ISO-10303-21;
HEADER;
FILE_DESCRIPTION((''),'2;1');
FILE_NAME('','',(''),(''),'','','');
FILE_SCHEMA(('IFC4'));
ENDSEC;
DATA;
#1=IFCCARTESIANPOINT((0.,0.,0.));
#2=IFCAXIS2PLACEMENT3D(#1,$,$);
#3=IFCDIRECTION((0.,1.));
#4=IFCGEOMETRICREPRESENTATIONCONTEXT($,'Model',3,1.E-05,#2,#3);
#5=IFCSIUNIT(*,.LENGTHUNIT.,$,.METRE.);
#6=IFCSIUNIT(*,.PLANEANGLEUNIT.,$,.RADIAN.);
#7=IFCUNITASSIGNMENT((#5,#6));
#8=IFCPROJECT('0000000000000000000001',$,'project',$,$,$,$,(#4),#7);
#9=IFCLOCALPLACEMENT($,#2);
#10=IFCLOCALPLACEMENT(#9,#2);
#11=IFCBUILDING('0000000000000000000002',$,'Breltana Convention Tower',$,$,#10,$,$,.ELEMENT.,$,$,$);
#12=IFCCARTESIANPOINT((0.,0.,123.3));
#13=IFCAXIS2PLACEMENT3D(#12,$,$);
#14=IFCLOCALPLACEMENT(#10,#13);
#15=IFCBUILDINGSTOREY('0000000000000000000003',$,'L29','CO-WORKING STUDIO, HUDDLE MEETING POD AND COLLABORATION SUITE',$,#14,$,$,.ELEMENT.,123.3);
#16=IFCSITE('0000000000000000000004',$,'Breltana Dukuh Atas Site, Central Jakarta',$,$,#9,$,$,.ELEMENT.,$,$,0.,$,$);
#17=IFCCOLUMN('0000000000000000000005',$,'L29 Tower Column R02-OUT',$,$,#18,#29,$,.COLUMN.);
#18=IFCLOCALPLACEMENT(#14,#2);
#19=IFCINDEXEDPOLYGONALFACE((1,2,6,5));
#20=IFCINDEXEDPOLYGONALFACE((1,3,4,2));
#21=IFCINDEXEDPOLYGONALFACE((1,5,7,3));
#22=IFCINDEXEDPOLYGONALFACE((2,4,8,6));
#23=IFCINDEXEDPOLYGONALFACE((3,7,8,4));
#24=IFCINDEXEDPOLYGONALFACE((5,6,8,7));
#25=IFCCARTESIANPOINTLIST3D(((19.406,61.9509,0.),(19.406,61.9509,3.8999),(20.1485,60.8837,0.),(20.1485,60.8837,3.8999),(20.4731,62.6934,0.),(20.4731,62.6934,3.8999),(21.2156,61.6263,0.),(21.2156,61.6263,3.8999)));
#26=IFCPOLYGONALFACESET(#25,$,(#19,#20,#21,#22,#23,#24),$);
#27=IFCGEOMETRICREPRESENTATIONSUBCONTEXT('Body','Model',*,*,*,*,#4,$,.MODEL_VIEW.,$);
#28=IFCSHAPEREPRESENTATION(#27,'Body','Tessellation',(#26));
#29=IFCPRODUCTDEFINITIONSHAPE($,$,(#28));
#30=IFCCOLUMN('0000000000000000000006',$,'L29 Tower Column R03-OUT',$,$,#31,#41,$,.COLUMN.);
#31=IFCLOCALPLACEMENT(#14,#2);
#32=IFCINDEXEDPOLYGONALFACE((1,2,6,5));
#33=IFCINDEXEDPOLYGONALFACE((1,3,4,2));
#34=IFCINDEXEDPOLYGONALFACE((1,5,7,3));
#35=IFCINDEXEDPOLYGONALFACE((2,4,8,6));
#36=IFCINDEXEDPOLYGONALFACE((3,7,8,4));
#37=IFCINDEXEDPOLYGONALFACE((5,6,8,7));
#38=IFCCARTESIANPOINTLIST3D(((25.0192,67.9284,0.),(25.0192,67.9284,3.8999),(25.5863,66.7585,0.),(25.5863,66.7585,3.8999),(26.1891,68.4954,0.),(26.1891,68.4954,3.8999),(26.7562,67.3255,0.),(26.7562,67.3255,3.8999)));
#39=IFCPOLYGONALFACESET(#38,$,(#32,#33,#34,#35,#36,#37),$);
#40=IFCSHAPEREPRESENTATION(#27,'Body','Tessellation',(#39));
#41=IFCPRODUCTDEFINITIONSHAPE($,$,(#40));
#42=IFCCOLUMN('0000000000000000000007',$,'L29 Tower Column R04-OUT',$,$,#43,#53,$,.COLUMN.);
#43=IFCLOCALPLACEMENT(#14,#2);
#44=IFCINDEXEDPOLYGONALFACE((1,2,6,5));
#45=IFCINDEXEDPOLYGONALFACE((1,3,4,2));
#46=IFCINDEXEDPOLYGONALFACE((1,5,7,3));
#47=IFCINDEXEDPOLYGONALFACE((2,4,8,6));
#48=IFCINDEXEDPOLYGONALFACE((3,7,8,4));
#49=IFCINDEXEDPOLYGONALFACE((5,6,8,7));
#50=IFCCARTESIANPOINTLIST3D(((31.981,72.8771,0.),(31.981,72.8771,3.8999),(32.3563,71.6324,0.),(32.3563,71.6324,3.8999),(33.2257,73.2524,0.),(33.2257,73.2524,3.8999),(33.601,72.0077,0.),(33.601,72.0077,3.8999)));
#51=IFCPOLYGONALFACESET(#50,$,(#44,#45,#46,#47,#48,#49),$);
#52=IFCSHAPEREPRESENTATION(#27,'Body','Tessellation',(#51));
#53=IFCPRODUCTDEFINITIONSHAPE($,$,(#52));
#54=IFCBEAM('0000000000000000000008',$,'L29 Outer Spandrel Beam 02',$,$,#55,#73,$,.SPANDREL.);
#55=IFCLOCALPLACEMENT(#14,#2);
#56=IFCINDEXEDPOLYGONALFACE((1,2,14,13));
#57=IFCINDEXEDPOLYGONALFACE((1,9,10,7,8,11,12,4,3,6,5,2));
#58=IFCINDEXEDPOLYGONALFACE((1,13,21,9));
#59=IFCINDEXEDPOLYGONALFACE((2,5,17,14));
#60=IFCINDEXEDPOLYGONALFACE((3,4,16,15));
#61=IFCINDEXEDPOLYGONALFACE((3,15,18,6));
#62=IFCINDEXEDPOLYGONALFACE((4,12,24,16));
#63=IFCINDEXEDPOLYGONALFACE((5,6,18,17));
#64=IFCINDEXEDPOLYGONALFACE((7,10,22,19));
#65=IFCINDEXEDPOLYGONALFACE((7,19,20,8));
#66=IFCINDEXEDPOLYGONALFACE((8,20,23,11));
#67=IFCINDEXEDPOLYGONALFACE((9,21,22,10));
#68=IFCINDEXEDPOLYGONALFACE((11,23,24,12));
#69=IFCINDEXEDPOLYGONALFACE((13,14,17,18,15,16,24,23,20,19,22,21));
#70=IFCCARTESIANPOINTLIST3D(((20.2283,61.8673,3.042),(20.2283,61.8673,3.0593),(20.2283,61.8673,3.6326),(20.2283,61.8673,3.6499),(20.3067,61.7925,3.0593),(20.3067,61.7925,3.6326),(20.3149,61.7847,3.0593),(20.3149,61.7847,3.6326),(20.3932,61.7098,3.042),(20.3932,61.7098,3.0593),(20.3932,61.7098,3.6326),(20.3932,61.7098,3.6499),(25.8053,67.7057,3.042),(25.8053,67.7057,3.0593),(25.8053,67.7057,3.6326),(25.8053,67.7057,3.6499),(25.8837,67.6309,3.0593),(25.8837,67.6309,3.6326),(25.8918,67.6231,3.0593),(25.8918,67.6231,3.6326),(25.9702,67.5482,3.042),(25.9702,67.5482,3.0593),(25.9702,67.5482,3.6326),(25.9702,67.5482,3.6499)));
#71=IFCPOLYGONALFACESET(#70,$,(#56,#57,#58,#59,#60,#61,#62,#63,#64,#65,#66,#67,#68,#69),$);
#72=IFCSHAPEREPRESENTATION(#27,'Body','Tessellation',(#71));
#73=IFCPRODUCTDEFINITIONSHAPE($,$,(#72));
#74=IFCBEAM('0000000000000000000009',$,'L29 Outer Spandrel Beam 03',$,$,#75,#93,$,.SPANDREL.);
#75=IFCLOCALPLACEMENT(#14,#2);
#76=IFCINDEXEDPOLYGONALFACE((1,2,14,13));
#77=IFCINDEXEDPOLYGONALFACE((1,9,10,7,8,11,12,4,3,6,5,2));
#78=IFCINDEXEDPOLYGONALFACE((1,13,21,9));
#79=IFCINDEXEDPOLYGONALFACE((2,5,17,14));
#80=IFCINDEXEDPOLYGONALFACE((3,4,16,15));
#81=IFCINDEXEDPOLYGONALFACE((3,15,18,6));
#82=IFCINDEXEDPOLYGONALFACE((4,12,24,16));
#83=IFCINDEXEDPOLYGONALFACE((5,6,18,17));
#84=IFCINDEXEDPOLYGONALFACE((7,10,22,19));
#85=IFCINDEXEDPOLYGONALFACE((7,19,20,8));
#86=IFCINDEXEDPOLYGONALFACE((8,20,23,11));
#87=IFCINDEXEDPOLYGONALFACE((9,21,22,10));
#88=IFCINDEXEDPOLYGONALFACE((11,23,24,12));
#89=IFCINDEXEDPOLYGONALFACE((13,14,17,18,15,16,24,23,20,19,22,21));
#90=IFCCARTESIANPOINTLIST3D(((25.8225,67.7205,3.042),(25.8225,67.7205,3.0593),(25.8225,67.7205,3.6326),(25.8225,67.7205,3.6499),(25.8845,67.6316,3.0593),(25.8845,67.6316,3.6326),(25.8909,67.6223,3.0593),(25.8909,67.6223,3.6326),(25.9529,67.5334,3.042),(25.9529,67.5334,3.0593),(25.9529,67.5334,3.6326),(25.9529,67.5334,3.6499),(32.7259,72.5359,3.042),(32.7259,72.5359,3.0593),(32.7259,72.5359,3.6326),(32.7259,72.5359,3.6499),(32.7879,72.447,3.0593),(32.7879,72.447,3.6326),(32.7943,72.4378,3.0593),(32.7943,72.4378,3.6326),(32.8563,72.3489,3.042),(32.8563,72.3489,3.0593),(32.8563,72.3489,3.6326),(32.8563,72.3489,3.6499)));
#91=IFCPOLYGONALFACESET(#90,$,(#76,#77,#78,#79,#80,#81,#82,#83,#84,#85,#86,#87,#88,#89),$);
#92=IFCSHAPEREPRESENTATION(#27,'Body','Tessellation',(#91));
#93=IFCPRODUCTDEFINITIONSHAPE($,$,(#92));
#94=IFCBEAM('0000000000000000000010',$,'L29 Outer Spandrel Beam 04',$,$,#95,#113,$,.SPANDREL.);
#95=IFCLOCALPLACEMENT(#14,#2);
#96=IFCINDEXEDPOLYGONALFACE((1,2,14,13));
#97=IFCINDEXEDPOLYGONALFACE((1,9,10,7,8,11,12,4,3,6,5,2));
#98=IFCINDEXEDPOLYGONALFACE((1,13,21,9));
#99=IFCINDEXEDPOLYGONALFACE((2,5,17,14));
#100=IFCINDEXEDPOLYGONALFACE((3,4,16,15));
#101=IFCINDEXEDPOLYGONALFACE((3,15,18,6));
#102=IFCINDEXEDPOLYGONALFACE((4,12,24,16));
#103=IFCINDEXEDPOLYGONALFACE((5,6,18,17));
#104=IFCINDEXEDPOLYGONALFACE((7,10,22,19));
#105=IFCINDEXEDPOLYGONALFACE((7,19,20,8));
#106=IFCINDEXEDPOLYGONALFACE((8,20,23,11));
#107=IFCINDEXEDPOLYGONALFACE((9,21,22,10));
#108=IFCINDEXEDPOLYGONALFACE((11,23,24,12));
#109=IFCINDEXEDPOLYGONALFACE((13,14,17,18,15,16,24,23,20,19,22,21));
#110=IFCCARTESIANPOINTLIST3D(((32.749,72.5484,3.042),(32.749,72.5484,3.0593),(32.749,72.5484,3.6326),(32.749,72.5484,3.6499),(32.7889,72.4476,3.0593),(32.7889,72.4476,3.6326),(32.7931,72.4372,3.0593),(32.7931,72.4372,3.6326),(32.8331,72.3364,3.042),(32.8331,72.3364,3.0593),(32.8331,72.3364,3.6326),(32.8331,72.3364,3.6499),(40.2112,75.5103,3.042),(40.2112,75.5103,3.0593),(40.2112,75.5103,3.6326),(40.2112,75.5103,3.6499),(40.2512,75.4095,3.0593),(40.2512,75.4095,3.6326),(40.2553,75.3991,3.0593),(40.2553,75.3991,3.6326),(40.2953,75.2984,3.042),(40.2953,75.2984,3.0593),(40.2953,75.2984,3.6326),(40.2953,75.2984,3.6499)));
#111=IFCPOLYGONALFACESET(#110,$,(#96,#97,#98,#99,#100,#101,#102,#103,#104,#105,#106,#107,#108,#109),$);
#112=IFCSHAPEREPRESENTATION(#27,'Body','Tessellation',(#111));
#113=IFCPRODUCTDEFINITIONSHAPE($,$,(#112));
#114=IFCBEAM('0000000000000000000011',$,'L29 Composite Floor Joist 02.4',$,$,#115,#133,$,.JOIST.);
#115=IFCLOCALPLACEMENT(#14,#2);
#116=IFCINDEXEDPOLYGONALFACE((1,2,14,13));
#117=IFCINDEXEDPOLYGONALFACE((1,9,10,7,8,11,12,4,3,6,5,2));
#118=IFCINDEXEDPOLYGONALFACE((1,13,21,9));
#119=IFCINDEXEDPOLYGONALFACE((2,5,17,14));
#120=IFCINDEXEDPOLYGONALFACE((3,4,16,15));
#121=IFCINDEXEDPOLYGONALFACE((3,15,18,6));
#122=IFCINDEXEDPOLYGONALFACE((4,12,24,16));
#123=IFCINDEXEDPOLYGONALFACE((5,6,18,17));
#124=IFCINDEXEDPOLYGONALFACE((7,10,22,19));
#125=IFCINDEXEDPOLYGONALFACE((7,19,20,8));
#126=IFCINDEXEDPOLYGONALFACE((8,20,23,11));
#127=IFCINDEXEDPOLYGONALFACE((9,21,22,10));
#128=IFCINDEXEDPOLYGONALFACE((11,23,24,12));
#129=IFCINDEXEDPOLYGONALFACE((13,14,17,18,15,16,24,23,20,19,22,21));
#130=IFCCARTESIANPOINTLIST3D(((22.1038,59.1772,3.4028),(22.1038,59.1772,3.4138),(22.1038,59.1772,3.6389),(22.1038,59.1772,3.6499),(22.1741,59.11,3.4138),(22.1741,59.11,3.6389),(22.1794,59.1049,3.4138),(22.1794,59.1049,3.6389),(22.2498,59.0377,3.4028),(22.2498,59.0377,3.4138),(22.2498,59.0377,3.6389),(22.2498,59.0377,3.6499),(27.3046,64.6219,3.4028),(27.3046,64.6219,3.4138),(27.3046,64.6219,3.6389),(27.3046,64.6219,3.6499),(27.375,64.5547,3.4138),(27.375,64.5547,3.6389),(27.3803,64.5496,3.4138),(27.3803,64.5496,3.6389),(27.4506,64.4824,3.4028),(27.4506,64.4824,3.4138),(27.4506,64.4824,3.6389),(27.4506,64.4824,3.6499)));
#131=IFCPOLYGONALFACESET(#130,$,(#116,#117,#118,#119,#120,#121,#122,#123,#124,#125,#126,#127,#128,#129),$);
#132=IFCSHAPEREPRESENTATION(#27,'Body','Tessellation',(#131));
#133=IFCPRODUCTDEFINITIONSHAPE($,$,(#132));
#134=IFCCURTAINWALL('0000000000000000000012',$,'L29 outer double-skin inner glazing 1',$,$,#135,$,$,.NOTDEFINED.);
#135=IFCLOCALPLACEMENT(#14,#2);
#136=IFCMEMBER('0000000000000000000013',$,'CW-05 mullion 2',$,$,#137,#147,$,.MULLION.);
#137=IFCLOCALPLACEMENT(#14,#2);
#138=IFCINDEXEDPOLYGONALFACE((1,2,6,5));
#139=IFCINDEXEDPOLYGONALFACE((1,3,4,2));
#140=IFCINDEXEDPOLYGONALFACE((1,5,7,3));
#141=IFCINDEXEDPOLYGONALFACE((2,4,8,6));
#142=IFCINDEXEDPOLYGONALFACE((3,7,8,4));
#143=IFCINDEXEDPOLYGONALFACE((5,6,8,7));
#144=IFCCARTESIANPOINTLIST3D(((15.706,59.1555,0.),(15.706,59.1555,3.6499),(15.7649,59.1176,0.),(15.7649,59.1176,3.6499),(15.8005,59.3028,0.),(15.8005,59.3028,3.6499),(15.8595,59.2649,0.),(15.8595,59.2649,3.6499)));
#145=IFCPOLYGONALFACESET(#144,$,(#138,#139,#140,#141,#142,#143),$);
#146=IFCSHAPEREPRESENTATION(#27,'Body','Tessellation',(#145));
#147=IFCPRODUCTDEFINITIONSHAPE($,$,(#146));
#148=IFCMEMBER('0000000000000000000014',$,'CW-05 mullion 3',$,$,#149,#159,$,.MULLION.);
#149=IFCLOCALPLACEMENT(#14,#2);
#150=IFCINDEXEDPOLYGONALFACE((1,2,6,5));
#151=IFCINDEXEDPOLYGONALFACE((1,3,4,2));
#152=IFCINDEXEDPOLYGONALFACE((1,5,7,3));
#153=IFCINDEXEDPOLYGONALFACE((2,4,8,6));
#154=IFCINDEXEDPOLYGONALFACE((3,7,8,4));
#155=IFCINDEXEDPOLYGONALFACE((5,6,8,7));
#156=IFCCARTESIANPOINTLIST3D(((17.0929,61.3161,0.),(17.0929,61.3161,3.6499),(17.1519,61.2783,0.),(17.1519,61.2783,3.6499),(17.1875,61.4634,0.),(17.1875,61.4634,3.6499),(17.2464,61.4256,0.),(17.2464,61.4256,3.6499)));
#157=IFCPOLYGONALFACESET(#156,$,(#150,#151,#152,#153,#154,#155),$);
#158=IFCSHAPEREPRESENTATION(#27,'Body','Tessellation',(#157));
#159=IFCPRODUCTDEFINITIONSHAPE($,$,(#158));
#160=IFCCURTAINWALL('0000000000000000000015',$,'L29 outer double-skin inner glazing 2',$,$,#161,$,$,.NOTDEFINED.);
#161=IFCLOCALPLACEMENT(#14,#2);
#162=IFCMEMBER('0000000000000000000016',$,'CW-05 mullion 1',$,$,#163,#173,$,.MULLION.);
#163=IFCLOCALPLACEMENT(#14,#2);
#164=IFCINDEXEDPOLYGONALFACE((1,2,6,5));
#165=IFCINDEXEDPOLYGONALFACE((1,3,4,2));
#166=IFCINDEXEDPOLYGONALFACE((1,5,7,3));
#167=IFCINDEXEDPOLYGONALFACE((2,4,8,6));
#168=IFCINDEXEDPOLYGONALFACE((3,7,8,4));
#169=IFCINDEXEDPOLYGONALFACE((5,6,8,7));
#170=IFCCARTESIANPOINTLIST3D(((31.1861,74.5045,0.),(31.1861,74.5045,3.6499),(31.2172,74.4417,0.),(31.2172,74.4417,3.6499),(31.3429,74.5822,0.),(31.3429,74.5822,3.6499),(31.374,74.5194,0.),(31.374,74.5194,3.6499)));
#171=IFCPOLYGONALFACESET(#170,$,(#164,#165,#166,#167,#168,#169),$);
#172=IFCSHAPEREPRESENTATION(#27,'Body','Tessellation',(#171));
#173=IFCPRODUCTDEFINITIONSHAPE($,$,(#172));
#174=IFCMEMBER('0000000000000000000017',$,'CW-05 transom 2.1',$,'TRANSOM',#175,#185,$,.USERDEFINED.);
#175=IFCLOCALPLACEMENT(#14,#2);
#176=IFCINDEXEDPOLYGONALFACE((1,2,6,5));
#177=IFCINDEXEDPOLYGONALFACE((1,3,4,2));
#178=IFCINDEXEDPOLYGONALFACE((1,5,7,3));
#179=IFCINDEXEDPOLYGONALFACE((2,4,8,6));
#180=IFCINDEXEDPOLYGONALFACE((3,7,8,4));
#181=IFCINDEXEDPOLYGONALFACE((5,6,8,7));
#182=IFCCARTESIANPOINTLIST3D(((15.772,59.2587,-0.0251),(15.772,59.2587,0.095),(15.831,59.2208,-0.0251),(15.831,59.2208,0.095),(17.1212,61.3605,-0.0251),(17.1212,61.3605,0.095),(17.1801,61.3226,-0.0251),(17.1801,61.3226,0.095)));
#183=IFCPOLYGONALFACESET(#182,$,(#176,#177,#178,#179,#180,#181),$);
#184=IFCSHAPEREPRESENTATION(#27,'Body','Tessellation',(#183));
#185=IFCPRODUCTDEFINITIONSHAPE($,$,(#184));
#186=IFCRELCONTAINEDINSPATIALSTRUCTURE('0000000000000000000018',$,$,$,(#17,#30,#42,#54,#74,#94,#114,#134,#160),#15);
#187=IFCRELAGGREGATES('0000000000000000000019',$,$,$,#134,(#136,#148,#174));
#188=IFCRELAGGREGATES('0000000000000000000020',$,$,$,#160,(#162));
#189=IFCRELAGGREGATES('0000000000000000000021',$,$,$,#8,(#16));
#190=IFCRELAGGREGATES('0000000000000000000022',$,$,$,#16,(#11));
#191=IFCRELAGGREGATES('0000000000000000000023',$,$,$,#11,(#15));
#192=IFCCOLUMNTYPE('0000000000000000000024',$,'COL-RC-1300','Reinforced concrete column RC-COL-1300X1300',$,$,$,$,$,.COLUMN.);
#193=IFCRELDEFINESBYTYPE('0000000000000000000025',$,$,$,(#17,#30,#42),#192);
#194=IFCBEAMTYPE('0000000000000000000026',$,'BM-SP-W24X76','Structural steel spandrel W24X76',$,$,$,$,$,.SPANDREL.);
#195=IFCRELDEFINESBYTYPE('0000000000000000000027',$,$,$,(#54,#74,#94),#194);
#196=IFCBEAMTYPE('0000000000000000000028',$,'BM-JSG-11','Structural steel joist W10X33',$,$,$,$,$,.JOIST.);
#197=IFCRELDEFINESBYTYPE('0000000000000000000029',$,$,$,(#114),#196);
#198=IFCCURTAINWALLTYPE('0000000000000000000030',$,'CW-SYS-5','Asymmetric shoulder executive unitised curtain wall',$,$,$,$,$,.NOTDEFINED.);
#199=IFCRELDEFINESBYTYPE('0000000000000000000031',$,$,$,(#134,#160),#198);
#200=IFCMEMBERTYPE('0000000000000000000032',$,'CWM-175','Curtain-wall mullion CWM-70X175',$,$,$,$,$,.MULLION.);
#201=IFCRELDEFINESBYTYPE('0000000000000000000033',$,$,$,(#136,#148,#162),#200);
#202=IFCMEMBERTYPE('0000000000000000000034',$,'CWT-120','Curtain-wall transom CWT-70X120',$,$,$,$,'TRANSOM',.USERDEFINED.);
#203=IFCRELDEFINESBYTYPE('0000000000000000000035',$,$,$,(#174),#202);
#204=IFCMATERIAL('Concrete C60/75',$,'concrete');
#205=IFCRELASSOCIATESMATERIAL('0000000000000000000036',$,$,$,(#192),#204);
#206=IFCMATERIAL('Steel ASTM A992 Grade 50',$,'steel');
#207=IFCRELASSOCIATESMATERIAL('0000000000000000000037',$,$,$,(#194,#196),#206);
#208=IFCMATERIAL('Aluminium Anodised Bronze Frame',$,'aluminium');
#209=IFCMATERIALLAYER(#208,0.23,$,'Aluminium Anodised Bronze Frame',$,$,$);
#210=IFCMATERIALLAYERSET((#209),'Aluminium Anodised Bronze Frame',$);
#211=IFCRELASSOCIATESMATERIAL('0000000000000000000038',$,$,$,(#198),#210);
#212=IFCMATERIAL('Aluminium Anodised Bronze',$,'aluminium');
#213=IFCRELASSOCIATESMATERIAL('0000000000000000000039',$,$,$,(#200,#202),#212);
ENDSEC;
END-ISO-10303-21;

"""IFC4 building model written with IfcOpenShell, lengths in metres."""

from ifc_helpers import new_model, si_unit, direction, frame, origin, origin_2d, place, context, subcontext, project, spatial, rectangle, i_section, extrude, source, transform, mapped, material, layer, layer_set, material_profile, profile_set, type_object, element, aggregate, save


model = new_model("IFC4")

# Units and contexts
model_context = context("Model", 3, precision=1e-05, world=origin(), true_north=direction((0.0, 1.0)))
body_context = subcontext(model_context, "Body", "Model", "MODEL_VIEW")
ifc_project = project(units=[si_unit("LENGTHUNIT", "METRE"), si_unit("PLANEANGLEUNIT", "RADIAN")], contexts=[model_context])

# Site, building, storey
site_placement = place(None, origin())
site = spatial("IfcSite", under=ifc_project, at=site_placement, Name="Breltana Dukuh Atas Site, Central Jakarta", CompositionType="ELEMENT", RefElevation=0.0)
building_placement = place(site_placement, origin())
building = spatial("IfcBuilding", under=site, at=building_placement, Name="Breltana Convention Tower", CompositionType="ELEMENT")
storey_placement = place(building_placement, frame((0.0, 0.0, 123.3)))
storey = spatial("IfcBuildingStorey", under=building, at=storey_placement, Name="L29", Description="CO-WORKING STUDIO, HUDDLE MEETING POD AND COLLABORATION SUITE", CompositionType="ELEMENT", Elevation=123.3)

# Columns
ifc_material_1 = material(Name="Concrete C60/75", Category="concrete")
ifc_material_profile_1 = material_profile(ifc_material_1, rectangle(XDim=1.3, YDim=1.3, at=origin_2d()), Name="RC-COL-1300X1300")
ifc_profile_set_1 = profile_set([ifc_material_profile_1], Name="Concrete C60/75")
column_type = type_object("IfcColumnType", Name="COL-RC-1300", Description="Reinforced concrete column RC-COL-1300X1300", PredefinedType="COLUMN", material=ifc_profile_set_1)
shared_shape_1 = source(origin(), body_context, "Body", "SweptSolid", [
    extrude(rectangle(XDim=1.3, YDim=1.3, at=origin_2d()), origin(), (0.0, 0.0, 1.0), 3.8999),
])
for number, where, z_axis, x_axis, name in (
    (1, (20.3108, 61.7886, 0.0), (0.0, 0.0, 1.0), (-0.571143, 0.82085, 0.0), "L29 Tower Column R02-OUT"),
    (2, (25.8877, 67.627, 0.0), (0.0, 0.0, 1.0), (-0.436174, 0.899863, 0.0), "L29 Tower Column R03-OUT"),
    (3, (32.791, 72.4424, 0.0), (0.0, 0.0, 1.0), (-0.288698, 0.95742, 0.0), "L29 Tower Column R04-OUT"),
):
    element("IfcColumn", number, at=place(storey_placement, frame(where, z_axis=z_axis, x_axis=x_axis)), inside=storey, type_object=column_type, Name=name, PredefinedType="COLUMN", context=body_context, shape_type="MappedRepresentation", body=[
        mapped(shared_shape_1, transform((0.0, 0.0, 0.0), scale=1.0)),
    ])

# Beams
ifc_material_2 = material(Name="Steel ASTM A992 Grade 50", Category="steel")
ifc_material_profile_2 = material_profile(ifc_material_2, i_section(OverallWidth=0.228, OverallDepth=0.6079, WebThickness=0.0112, FlangeThickness=0.0173, at=origin_2d()), Name="W24X76")
ifc_profile_set_2 = profile_set([ifc_material_profile_2], Name="Steel ASTM A992 Grade 50")
beam_type_1 = type_object("IfcBeamType", Name="BM-SP-W24X76", Description="Structural steel spandrel W24X76", PredefinedType="SPANDREL", material=ifc_profile_set_2)
shared_shape_2 = source(origin(), body_context, "Body", "SweptSolid", [
    extrude(i_section(OverallWidth=0.228, OverallDepth=0.6079, WebThickness=0.0112, FlangeThickness=0.0173, at=origin_2d()), origin(), (0.0, 0.0, 1.0), 8.074),
])
beam_1_placement = place(storey_placement, frame((20.3108, 61.7886, 3.3459), z_axis=(0.690729, 0.723114, 0.0), x_axis=(-0.723114, 0.690729, 0.0)))
element("IfcBeam", 4, at=beam_1_placement, inside=storey, type_object=beam_type_1, Name="L29 Outer Spandrel Beam 02", PredefinedType="SPANDREL", context=body_context, shape_type="MappedRepresentation", body=[
    mapped(shared_shape_2, transform((0.0, 0.0, 0.0), scale=1.0)),
])
shared_shape_3 = source(origin(), body_context, "Body", "SweptSolid", [
    extrude(i_section(OverallWidth=0.228, OverallDepth=0.6079, WebThickness=0.0112, FlangeThickness=0.0173, at=origin_2d()), origin(), (0.0, 0.0, 1.0), 8.417),
])
beam_2_placement = place(storey_placement, frame((25.8877, 67.627, 3.3459), z_axis=(0.820174, 0.572114, 0.0), x_axis=(-0.572114, 0.820174, 0.0)))
element("IfcBeam", 5, at=beam_2_placement, inside=storey, type_object=beam_type_1, Name="L29 Outer Spandrel Beam 03", PredefinedType="SPANDREL", context=body_context, shape_type="MappedRepresentation", body=[
    mapped(shared_shape_3, transform((0.0, 0.0, 0.0), scale=1.0)),
])
shared_shape_4 = source(origin(), body_context, "Body", "SweptSolid", [
    extrude(i_section(OverallWidth=0.228, OverallDepth=0.6079, WebThickness=0.0112, FlangeThickness=0.0173, at=origin_2d()), origin(), (0.0, 0.0, 1.0), 8.0286),
])
beam_3_placement = place(storey_placement, frame((32.791, 72.4424, 3.3459), z_axis=(0.929459, 0.368925, 0.0), x_axis=(-0.368925, 0.929459, 0.0)))
element("IfcBeam", 6, at=beam_3_placement, inside=storey, type_object=beam_type_1, Name="L29 Outer Spandrel Beam 04", PredefinedType="SPANDREL", context=body_context, shape_type="MappedRepresentation", body=[
    mapped(shared_shape_4, transform((0.0, 0.0, 0.0), scale=1.0)),
])
ifc_material_profile_3 = material_profile(ifc_material_2, i_section(OverallWidth=0.2019, OverallDepth=0.2471, WebThickness=0.0073, FlangeThickness=0.011, at=origin_2d()), Name="W10X33")
ifc_profile_set_3 = profile_set([ifc_material_profile_3], Name="Steel ASTM A992 Grade 50")
beam_type_2 = type_object("IfcBeamType", Name="BM-JSG-11", Description="Structural steel joist W10X33", PredefinedType="JOIST", material=ifc_profile_set_3)
shared_shape_5 = source(origin(), body_context, "Body", "SweptSolid", [
    extrude(i_section(OverallWidth=0.2019, OverallDepth=0.2471, WebThickness=0.0073, FlangeThickness=0.011, at=origin_2d()), origin(), (0.0, 0.0, 1.0), 7.5295),
])
beam_4_placement = place(storey_placement, frame((22.1768, 59.1074, 3.5264), z_axis=(0.690726, 0.723117, 0.0), x_axis=(-0.723117, 0.690726, 0.0)))
element("IfcBeam", 7, at=beam_4_placement, inside=storey, type_object=beam_type_2, Name="L29 Composite Floor Joist 02.4", PredefinedType="JOIST", context=body_context, shape_type="MappedRepresentation", body=[
    mapped(shared_shape_5, transform((0.0, 0.0, 0.0), scale=1.0)),
])

# Curtain wall, members
ifc_material_3 = material(Name="Aluminium Anodised Bronze Frame", Category="aluminium")
ifc_layer_1 = layer(ifc_material_3, 0.23, Name="Aluminium Anodised Bronze Frame")
ifc_layer_set_1 = layer_set([ifc_layer_1], Name="Aluminium Anodised Bronze Frame")
curtain_wall_type = type_object("IfcCurtainWallType", Name="CW-SYS-5", Description="Asymmetric shoulder executive unitised curtain wall", PredefinedType="NOTDEFINED", material=ifc_layer_set_1)
curtain_wall_1_placement = place(storey_placement, origin())
curtain_wall_1 = element("IfcCurtainWall", 8, at=curtain_wall_1_placement, inside=storey, type_object=curtain_wall_type, Name="L29 outer double-skin inner glazing 1", PredefinedType="NOTDEFINED")
ifc_material_4 = material(Name="Aluminium Anodised Bronze", Category="aluminium")
ifc_material_profile_4 = material_profile(ifc_material_4, rectangle(XDim=0.0701, YDim=0.175, at=origin_2d()), Name="CWM-70X175")
ifc_profile_set_4 = profile_set([ifc_material_profile_4], Name="Aluminium Anodised Bronze")
member_type_1 = type_object("IfcMemberType", Name="CWM-175", Description="Curtain-wall mullion CWM-70X175", PredefinedType="MULLION", material=ifc_profile_set_4)
shared_shape_6 = source(origin(), body_context, "Body", "SweptSolid", [
    extrude(rectangle(XDim=0.0701, YDim=0.175, at=origin_2d()), origin(), (0.0, 0.0, 1.0), 3.6499),
])
member_1_placement = place(storey_placement, frame((15.7827, 59.2102, 0.0), z_axis=(0.0, 0.0, 1.0), x_axis=(-0.841552, 0.540177, 0.0)))
member_1 = element("IfcMember", 9, at=member_1_placement, type_object=member_type_1, Name="CW-05 mullion 2", PredefinedType="MULLION", context=body_context, shape_type="MappedRepresentation", body=[
    mapped(shared_shape_6, transform((0.0, 0.0, 0.0), scale=1.0)),
])
member_2_placement = place(storey_placement, frame((17.1697, 61.3708, 0.0), z_axis=(0.0, 0.0, 1.0), x_axis=(-0.841552, 0.540177, 0.0)))
member_2 = element("IfcMember", 10, at=member_2_placement, type_object=member_type_1, Name="CW-05 mullion 3", PredefinedType="MULLION", context=body_context, shape_type="MappedRepresentation", body=[
    mapped(shared_shape_6, transform((0.0, 0.0, 0.0), scale=1.0)),
])

# Curtain wall, member
curtain_wall_2_placement = place(storey_placement, origin())
curtain_wall_2 = element("IfcCurtainWall", 11, at=curtain_wall_2_placement, inside=storey, type_object=curtain_wall_type, Name="L29 outer double-skin inner glazing 2", PredefinedType="NOTDEFINED")
member_3_placement = place(storey_placement, frame((31.28, 74.512, 0.0), z_axis=(0.0, 0.0, 1.0), x_axis=(-0.444122, 0.895967, 0.0)))
member_3 = element("IfcMember", 12, at=member_3_placement, type_object=member_type_1, Name="CW-05 mullion 1", PredefinedType="MULLION", context=body_context, shape_type="MappedRepresentation", body=[
    mapped(shared_shape_6, transform((0.0, 0.0, 0.0), scale=1.0)),
])

# Member
ifc_material_profile_5 = material_profile(ifc_material_4, rectangle(XDim=0.0701, YDim=0.1201, at=origin_2d()), Name="CWT-70X120")
ifc_profile_set_5 = profile_set([ifc_material_profile_5], Name="Aluminium Anodised Bronze")
member_type_2 = type_object("IfcMemberType", Name="CWT-120", Description="Curtain-wall transom CWT-70X120", ElementType="TRANSOM", PredefinedType="USERDEFINED", material=ifc_profile_set_5)
shared_shape_7 = source(origin(), body_context, "Body", "SweptSolid", [
    extrude(rectangle(XDim=0.0701, YDim=0.1201, at=origin_2d()), origin(), (0.0, 0.0, 1.0), 2.4976),
])
member_4_placement = place(storey_placement, frame((15.8015, 59.2397, 0.0349), z_axis=(0.540179, 0.84155, 0.0), x_axis=(-0.84155, 0.540179, 0.0)))
member_4 = element("IfcMember", 13, at=member_4_placement, type_object=member_type_2, Name="CW-05 transom 2.1", ObjectType="TRANSOM", PredefinedType="USERDEFINED", context=body_context, shape_type="MappedRepresentation", body=[
    mapped(shared_shape_7, transform((0.0, 0.0, 0.0), scale=1.0)),
])

aggregate(curtain_wall_1, [member_1, member_2, member_4])
aggregate(curtain_wall_2, [member_3])

save(model, "model.ifc")
